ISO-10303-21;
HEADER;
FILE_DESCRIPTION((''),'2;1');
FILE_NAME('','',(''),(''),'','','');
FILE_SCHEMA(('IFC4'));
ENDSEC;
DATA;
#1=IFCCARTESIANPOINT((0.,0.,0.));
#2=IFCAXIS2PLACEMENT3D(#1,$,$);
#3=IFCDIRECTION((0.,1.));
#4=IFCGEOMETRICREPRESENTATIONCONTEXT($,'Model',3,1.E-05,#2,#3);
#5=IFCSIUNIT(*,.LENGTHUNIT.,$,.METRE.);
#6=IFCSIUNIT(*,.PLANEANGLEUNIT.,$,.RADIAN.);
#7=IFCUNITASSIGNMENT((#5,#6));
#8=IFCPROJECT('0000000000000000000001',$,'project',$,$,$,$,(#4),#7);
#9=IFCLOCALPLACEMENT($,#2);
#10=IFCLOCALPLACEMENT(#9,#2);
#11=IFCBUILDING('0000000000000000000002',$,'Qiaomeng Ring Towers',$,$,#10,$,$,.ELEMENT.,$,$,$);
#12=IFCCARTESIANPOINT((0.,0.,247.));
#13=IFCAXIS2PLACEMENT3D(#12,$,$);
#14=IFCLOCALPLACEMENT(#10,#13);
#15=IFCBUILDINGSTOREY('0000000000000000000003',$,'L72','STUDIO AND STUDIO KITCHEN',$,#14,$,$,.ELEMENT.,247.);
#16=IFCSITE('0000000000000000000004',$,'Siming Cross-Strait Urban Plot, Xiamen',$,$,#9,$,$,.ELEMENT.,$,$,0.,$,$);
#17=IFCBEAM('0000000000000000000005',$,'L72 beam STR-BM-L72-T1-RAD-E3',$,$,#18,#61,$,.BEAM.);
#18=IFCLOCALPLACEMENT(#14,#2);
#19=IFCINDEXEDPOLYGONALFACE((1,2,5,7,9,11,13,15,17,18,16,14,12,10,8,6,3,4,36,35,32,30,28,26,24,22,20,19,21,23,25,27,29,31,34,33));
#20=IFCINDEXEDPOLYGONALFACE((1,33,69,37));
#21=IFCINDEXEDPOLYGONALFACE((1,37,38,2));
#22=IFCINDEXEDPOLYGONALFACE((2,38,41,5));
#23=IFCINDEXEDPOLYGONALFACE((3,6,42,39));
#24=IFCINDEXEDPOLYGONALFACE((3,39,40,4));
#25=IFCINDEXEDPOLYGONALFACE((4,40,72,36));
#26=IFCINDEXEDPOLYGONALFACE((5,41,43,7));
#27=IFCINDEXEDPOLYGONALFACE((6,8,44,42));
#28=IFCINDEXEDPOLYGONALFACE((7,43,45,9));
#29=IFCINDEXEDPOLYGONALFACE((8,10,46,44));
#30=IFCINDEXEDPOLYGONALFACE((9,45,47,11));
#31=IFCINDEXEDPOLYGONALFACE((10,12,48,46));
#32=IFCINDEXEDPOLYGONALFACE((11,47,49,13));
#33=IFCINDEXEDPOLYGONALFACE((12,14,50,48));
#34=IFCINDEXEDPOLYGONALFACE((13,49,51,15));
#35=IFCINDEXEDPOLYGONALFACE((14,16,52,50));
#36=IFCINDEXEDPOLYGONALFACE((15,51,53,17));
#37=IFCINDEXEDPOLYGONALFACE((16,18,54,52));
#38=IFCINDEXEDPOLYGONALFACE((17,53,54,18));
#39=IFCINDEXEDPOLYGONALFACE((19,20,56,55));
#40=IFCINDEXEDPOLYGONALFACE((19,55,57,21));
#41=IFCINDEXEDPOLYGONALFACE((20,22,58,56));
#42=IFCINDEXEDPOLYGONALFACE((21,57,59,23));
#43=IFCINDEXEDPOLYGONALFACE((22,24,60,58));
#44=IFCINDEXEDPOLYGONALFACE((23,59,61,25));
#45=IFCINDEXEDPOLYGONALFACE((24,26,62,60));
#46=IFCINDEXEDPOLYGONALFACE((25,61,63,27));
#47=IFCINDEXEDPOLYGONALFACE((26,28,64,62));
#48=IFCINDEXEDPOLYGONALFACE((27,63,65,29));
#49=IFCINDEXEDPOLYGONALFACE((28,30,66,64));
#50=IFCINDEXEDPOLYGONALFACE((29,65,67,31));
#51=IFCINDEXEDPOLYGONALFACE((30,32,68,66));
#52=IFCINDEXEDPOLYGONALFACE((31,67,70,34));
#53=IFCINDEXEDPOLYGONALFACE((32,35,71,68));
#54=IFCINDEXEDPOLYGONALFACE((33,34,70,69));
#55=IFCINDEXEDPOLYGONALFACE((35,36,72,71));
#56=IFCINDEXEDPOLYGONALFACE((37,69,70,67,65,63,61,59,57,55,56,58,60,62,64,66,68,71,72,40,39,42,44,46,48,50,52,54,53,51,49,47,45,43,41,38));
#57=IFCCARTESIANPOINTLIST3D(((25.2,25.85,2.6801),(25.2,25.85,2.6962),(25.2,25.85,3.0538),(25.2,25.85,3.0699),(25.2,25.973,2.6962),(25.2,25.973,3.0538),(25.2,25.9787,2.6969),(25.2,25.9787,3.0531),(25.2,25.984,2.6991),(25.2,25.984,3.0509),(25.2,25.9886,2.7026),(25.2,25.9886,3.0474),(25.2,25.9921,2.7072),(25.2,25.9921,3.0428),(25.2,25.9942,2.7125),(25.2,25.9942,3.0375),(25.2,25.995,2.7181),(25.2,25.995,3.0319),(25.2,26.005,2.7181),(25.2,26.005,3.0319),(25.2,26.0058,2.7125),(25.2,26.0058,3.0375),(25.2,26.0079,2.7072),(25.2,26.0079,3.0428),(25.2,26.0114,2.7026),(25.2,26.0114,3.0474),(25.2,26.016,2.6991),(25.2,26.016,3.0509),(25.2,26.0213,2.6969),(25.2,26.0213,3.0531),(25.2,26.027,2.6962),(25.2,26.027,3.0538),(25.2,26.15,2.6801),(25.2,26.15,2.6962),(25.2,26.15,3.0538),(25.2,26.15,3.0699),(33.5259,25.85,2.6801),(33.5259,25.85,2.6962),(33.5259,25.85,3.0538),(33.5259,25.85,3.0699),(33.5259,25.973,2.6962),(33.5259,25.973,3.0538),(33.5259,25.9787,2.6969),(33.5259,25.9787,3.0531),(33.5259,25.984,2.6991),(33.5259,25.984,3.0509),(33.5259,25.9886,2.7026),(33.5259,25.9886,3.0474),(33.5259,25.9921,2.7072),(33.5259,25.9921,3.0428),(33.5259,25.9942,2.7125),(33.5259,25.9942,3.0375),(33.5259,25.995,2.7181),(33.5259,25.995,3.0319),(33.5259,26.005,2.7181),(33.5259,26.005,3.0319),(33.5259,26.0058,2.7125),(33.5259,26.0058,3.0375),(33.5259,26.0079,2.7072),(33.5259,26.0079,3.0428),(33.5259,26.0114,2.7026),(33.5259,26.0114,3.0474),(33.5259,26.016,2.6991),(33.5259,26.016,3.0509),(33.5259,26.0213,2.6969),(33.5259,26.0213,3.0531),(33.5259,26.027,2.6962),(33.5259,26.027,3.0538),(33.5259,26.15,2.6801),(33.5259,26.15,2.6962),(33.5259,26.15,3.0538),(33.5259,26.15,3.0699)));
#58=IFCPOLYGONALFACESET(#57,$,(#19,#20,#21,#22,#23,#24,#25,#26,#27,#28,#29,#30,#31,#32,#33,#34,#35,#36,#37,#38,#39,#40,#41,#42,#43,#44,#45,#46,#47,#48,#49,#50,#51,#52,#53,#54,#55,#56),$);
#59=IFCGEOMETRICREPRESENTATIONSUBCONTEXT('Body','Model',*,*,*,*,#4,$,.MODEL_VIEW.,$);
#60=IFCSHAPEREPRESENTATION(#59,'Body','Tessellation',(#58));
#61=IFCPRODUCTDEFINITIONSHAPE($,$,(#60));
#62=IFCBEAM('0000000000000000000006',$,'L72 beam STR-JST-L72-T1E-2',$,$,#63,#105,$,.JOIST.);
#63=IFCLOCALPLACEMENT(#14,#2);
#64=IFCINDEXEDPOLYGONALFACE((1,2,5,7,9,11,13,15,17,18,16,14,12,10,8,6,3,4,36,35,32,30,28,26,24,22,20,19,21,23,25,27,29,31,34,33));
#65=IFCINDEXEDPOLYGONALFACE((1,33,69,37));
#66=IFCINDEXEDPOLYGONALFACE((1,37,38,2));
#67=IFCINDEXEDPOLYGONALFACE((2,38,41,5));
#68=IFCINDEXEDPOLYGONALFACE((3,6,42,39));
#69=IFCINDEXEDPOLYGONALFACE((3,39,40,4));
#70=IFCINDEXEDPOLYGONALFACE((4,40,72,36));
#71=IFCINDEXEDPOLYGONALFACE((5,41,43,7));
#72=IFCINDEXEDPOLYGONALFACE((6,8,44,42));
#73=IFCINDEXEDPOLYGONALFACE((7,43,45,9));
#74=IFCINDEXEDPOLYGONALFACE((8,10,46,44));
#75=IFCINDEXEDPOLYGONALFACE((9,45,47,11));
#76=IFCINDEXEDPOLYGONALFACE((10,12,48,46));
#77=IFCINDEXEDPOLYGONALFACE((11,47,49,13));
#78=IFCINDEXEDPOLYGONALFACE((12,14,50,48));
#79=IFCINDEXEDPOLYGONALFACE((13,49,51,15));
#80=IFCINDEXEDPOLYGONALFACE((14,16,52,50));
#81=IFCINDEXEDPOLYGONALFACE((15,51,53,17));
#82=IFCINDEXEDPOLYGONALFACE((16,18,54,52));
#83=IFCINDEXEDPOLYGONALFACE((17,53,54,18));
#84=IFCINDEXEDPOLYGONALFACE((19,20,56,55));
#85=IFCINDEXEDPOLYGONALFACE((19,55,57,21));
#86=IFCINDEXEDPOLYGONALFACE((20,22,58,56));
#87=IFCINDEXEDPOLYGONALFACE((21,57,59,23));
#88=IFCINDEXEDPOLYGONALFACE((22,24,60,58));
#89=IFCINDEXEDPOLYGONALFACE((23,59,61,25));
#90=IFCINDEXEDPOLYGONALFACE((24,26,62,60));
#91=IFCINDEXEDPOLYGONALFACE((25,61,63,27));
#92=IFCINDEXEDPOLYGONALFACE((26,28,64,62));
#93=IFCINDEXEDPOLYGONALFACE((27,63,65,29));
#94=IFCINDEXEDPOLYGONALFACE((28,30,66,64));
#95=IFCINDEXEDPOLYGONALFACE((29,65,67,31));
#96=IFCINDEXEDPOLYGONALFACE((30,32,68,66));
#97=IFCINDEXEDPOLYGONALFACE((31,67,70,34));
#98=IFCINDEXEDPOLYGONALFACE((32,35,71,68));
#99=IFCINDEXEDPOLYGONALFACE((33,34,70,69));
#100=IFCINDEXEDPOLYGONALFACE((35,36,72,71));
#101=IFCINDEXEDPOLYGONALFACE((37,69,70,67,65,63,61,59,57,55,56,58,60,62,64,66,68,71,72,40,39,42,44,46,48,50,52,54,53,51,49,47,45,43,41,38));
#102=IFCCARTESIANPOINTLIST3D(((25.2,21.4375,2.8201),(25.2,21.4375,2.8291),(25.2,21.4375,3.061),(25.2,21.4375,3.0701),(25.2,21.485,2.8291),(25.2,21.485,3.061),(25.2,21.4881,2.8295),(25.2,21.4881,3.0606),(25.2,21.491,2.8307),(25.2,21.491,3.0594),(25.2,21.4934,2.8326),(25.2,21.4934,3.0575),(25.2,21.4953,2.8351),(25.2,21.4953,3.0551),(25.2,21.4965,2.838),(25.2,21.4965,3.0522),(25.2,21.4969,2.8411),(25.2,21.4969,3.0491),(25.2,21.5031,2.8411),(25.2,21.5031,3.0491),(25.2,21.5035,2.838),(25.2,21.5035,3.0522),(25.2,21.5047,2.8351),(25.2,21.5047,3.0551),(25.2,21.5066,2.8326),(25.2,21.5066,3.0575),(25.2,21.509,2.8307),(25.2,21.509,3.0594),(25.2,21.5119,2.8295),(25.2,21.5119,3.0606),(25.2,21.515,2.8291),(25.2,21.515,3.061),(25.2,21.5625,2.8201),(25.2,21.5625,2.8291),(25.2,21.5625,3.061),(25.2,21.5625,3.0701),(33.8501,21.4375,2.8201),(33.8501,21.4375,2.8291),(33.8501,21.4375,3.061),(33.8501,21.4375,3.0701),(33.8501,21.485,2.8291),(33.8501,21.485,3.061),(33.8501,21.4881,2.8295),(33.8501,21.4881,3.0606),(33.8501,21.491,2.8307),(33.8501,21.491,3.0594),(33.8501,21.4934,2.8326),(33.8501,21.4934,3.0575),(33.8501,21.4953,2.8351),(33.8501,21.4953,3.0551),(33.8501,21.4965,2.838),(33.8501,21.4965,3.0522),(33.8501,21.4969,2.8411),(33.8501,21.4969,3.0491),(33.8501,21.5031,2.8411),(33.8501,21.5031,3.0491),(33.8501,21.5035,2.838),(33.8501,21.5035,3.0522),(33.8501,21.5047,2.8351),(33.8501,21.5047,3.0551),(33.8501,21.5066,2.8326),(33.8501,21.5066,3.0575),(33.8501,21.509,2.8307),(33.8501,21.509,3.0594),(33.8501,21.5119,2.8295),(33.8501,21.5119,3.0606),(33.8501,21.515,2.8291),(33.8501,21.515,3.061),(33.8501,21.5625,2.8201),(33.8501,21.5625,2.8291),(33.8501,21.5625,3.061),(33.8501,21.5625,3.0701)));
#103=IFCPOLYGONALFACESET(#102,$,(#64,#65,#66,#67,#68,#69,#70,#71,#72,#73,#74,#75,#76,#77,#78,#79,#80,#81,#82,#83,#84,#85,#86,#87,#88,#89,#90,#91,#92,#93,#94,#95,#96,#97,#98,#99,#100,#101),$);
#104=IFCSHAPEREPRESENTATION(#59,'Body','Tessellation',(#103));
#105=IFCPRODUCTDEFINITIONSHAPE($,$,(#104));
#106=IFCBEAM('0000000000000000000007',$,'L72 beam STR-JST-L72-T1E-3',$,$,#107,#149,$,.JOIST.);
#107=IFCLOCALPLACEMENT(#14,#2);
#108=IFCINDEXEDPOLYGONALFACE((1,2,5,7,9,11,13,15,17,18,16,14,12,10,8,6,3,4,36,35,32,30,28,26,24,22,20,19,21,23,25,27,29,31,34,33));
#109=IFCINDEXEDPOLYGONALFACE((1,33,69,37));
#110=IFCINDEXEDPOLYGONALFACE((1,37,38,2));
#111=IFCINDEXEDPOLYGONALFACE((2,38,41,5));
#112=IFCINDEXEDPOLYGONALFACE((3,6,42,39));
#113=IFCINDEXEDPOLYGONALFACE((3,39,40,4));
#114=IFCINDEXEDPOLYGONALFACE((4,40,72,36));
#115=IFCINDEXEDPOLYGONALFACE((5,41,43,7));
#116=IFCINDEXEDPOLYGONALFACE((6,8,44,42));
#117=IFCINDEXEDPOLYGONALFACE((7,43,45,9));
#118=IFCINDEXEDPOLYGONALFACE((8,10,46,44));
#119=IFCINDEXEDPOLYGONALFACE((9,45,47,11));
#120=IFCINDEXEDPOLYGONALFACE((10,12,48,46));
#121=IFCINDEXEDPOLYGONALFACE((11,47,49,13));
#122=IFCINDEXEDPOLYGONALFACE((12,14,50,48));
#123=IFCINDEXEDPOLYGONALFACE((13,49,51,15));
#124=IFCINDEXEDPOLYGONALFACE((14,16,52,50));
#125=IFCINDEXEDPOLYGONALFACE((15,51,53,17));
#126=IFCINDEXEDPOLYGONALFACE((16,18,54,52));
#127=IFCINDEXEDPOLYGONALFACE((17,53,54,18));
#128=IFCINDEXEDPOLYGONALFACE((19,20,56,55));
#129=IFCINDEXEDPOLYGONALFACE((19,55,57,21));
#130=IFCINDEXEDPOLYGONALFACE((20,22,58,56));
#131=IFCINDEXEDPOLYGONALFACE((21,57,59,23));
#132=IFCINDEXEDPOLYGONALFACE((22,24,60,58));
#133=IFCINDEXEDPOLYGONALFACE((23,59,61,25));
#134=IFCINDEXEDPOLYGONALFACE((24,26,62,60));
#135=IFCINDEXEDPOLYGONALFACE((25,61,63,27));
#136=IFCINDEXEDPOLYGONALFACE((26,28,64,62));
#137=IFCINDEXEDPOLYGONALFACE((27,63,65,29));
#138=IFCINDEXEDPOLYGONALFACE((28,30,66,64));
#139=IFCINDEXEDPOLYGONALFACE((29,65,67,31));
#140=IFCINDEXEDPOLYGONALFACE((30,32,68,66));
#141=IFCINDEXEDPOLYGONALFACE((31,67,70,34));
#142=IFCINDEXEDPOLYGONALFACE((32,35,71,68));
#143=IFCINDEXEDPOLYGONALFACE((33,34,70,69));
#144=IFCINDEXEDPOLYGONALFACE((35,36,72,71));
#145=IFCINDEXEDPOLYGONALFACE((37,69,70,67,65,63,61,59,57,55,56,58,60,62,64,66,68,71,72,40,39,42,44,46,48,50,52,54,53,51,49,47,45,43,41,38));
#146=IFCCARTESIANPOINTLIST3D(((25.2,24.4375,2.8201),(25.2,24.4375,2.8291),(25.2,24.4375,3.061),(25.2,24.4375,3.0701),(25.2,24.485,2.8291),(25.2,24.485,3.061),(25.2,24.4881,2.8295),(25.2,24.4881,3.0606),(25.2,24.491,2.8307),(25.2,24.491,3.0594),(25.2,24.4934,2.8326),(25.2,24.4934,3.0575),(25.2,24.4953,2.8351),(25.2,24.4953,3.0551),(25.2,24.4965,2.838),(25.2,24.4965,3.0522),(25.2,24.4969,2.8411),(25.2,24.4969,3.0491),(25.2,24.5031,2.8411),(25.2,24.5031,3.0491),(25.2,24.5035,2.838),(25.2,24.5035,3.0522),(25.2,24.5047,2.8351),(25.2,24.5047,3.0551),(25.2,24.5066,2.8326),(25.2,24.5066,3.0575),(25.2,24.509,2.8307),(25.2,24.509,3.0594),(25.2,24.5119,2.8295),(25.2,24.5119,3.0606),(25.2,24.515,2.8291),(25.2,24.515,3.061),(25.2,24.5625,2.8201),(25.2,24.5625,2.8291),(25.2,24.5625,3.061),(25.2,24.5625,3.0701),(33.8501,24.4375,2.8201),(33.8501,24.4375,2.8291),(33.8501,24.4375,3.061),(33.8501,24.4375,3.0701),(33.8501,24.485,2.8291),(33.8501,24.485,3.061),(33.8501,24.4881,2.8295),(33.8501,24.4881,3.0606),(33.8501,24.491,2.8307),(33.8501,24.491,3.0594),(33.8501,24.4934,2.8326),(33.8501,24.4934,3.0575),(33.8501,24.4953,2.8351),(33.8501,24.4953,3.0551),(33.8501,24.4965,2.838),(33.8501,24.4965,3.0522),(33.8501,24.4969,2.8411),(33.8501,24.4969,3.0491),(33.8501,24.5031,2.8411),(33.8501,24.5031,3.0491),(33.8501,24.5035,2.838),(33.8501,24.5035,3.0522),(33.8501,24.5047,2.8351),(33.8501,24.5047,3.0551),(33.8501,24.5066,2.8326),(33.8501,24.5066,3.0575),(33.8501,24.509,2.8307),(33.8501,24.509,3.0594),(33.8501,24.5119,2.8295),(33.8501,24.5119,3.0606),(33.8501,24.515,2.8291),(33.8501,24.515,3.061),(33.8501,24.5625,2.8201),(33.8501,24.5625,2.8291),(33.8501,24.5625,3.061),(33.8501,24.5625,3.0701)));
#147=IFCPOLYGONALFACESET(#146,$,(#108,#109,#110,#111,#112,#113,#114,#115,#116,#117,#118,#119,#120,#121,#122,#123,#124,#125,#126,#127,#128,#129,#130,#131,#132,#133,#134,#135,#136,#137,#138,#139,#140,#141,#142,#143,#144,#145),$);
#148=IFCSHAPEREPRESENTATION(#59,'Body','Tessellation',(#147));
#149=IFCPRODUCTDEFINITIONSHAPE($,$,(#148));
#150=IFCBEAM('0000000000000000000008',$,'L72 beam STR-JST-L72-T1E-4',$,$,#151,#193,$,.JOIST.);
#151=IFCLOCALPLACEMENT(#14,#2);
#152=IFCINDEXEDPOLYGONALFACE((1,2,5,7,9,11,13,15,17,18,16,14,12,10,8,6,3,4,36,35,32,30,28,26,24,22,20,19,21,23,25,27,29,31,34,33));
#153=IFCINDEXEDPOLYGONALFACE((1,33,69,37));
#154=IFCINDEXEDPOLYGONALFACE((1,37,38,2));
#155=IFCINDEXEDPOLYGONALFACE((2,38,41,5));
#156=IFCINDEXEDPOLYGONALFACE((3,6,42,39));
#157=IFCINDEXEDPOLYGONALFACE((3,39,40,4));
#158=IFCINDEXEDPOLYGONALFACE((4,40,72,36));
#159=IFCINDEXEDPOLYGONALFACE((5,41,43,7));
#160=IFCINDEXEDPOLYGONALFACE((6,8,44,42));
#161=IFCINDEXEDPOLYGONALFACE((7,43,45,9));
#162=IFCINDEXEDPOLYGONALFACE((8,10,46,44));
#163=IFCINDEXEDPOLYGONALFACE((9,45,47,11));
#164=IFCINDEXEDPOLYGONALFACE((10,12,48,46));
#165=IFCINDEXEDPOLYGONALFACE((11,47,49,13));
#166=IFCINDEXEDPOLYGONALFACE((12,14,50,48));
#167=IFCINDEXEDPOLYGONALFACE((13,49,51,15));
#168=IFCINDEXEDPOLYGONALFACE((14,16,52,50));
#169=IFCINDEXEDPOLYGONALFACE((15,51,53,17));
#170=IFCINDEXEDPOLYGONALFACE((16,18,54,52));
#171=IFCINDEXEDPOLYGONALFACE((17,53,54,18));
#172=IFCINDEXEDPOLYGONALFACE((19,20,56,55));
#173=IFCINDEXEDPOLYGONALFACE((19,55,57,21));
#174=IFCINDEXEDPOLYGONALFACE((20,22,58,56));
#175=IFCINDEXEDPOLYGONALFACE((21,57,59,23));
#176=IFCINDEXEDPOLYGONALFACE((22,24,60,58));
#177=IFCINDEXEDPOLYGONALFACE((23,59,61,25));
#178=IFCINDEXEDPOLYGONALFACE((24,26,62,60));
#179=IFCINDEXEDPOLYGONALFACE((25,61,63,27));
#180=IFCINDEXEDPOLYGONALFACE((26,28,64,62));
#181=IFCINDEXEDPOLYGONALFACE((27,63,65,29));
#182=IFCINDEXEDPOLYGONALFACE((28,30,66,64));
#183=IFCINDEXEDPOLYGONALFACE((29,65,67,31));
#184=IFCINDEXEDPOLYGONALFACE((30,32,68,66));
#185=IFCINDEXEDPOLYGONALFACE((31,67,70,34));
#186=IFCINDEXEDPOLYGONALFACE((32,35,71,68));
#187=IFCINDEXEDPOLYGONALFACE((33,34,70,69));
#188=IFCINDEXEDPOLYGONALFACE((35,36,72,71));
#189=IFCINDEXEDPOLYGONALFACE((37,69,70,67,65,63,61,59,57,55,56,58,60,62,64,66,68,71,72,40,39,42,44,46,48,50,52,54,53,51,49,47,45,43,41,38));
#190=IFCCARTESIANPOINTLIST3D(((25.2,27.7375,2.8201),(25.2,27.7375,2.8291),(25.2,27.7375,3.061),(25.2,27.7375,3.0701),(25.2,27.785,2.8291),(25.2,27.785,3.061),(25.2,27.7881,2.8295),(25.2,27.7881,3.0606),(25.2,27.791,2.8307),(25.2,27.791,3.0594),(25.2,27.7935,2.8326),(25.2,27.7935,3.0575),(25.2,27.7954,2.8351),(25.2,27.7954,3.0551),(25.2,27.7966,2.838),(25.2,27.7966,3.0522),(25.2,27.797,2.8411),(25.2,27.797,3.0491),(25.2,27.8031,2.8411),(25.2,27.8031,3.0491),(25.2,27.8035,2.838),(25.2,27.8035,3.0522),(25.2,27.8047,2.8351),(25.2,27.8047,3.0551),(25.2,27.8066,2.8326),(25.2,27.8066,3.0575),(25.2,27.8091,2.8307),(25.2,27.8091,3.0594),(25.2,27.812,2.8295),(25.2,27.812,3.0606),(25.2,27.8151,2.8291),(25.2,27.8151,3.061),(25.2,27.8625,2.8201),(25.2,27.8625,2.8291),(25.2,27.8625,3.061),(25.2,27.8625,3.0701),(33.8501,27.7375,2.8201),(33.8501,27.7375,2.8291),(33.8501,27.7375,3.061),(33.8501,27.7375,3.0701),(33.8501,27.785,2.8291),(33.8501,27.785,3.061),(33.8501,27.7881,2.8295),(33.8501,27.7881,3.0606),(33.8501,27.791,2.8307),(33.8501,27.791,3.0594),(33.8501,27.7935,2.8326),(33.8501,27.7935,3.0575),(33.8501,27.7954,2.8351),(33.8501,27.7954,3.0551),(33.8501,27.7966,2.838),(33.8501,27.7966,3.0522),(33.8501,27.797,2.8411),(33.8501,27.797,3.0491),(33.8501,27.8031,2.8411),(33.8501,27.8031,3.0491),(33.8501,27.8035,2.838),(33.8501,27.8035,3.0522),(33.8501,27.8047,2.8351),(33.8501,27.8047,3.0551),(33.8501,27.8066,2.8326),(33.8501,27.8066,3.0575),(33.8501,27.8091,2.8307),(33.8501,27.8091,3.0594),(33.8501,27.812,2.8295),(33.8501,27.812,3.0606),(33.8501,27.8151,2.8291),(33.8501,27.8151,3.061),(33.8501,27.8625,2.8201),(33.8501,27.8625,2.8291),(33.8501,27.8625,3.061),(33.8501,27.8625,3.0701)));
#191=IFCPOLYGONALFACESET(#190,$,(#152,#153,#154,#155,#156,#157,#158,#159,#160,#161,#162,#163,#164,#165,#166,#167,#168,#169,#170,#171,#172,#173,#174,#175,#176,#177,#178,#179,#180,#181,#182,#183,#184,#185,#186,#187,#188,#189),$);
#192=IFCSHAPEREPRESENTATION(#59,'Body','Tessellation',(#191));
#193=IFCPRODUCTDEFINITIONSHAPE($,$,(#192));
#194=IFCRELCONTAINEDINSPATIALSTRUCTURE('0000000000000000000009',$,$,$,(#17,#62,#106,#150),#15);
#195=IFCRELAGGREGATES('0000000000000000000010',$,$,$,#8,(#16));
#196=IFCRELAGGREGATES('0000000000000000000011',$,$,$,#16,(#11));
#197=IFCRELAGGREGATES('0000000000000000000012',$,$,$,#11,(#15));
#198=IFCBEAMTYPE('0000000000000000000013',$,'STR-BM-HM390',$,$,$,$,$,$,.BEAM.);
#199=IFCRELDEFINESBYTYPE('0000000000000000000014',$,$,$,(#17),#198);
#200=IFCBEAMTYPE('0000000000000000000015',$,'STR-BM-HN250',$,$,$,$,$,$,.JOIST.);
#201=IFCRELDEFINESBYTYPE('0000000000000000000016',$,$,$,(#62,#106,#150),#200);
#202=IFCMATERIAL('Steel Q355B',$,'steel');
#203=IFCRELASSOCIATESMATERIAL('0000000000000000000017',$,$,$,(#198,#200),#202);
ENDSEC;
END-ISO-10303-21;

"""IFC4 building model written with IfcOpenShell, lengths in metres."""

from ifc_helpers import new_model, si_unit, direction, frame, origin, origin_2d, place, context, subcontext, project, spatial, i_section, extrude, source, transform, mapped, material, material_profile, profile_set, type_object, element, save


model = new_model("IFC4")

# Units and contexts
model_context = context("Model", 3, precision=1e-05, world=origin(), true_north=direction((0.0, 1.0)))
body_context = subcontext(model_context, "Body", "Model", "MODEL_VIEW")
ifc_project = project(units=[si_unit("LENGTHUNIT", "METRE"), si_unit("PLANEANGLEUNIT", "RADIAN")], contexts=[model_context])

# Site, building, storey
site_placement = place(None, origin())
site = spatial("IfcSite", under=ifc_project, at=site_placement, Name="Siming Cross-Strait Urban Plot, Xiamen", CompositionType="ELEMENT", RefElevation=0.0)
building_placement = place(site_placement, origin())
building = spatial("IfcBuilding", under=site, at=building_placement, Name="Qiaomeng Ring Towers", CompositionType="ELEMENT")
storey_placement = place(building_placement, frame((0.0, 0.0, 247.0)))
storey = spatial("IfcBuildingStorey", under=building, at=storey_placement, Name="L72", Description="STUDIO AND STUDIO KITCHEN", CompositionType="ELEMENT", Elevation=247.0)

# Beams
ifc_material_1 = material(Name="Steel Q355B", Category="steel")
ifc_material_profile_1 = material_profile(ifc_material_1, i_section(OverallWidth=0.3, OverallDepth=0.3899, WebThickness=0.01, FlangeThickness=0.0161, FilletRadius=0.022, at=origin_2d()), Name="HM 390x300x10x16")
ifc_profile_set_1 = profile_set([ifc_material_profile_1], Name="Steel Q355B")
beam_type_1 = type_object("IfcBeamType", Name="STR-BM-HM390", PredefinedType="BEAM", material=ifc_profile_set_1)
shared_shape_1 = source(origin(), body_context, "Body", "SweptSolid", [
    extrude(i_section(OverallWidth=0.3, OverallDepth=0.3899, WebThickness=0.01, FlangeThickness=0.0161, FilletRadius=0.022, at=origin_2d()), origin(), (0.0, 0.0, 1.0), 8.3259),
])
beam_placement = place(storey_placement, frame((25.2, 26.0, 2.875), z_axis=(1.0, 0.0, 0.0), x_axis=(0.0, 1.0, 0.0)))
element("IfcBeam", 1, at=beam_placement, inside=storey, type_object=beam_type_1, Name="L72 beam STR-BM-L72-T1-RAD-E3", PredefinedType="BEAM", context=body_context, shape_type="MappedRepresentation", body=[
    mapped(shared_shape_1, transform((0.0, 0.0, 0.0), x_axis=(1.0, 0.0, 0.0), y_axis=(0.0, 1.0, 0.0), z_axis=(0.0, 0.0, 1.0), scale=1.0)),
])
ifc_material_profile_2 = material_profile(ifc_material_1, i_section(OverallWidth=0.125, OverallDepth=0.25, WebThickness=0.0061, FlangeThickness=0.009, FilletRadius=0.012, at=origin_2d()), Name="HN 250x125x6x9")
ifc_profile_set_2 = profile_set([ifc_material_profile_2], Name="Steel Q355B")
beam_type_2 = type_object("IfcBeamType", Name="STR-BM-HN250", PredefinedType="JOIST", material=ifc_profile_set_2)
shared_shape_2 = source(origin(), body_context, "Body", "SweptSolid", [
    extrude(i_section(OverallWidth=0.125, OverallDepth=0.25, WebThickness=0.0061, FlangeThickness=0.009, FilletRadius=0.012, at=origin_2d()), origin(), (0.0, 0.0, 1.0), 8.6501),
])
for number, where, z_axis, x_axis, name in (
    (2, (25.2, 21.5, 2.9451), (1.0, 0.0, 0.0), (0.0, 1.0, 0.0), "L72 beam STR-JST-L72-T1E-2"),
    (3, (25.2, 24.5, 2.9451), (1.0, 0.0, 0.0), (0.0, 1.0, 0.0), "L72 beam STR-JST-L72-T1E-3"),
    (4, (25.2, 27.8, 2.9451), (1.0, 0.0, 0.0), (0.0, 1.0, 0.0), "L72 beam STR-JST-L72-T1E-4"),
):
    element("IfcBeam", number, at=place(storey_placement, frame(where, z_axis=z_axis, x_axis=x_axis)), inside=storey, type_object=beam_type_2, Name=name, PredefinedType="JOIST", context=body_context, shape_type="MappedRepresentation", body=[
        mapped(shared_shape_2, transform((0.0, 0.0, 0.0), x_axis=(1.0, 0.0, 0.0), y_axis=(0.0, 1.0, 0.0), z_axis=(0.0, 0.0, 1.0), scale=1.0)),
    ])

save(model, "model.ifc")
